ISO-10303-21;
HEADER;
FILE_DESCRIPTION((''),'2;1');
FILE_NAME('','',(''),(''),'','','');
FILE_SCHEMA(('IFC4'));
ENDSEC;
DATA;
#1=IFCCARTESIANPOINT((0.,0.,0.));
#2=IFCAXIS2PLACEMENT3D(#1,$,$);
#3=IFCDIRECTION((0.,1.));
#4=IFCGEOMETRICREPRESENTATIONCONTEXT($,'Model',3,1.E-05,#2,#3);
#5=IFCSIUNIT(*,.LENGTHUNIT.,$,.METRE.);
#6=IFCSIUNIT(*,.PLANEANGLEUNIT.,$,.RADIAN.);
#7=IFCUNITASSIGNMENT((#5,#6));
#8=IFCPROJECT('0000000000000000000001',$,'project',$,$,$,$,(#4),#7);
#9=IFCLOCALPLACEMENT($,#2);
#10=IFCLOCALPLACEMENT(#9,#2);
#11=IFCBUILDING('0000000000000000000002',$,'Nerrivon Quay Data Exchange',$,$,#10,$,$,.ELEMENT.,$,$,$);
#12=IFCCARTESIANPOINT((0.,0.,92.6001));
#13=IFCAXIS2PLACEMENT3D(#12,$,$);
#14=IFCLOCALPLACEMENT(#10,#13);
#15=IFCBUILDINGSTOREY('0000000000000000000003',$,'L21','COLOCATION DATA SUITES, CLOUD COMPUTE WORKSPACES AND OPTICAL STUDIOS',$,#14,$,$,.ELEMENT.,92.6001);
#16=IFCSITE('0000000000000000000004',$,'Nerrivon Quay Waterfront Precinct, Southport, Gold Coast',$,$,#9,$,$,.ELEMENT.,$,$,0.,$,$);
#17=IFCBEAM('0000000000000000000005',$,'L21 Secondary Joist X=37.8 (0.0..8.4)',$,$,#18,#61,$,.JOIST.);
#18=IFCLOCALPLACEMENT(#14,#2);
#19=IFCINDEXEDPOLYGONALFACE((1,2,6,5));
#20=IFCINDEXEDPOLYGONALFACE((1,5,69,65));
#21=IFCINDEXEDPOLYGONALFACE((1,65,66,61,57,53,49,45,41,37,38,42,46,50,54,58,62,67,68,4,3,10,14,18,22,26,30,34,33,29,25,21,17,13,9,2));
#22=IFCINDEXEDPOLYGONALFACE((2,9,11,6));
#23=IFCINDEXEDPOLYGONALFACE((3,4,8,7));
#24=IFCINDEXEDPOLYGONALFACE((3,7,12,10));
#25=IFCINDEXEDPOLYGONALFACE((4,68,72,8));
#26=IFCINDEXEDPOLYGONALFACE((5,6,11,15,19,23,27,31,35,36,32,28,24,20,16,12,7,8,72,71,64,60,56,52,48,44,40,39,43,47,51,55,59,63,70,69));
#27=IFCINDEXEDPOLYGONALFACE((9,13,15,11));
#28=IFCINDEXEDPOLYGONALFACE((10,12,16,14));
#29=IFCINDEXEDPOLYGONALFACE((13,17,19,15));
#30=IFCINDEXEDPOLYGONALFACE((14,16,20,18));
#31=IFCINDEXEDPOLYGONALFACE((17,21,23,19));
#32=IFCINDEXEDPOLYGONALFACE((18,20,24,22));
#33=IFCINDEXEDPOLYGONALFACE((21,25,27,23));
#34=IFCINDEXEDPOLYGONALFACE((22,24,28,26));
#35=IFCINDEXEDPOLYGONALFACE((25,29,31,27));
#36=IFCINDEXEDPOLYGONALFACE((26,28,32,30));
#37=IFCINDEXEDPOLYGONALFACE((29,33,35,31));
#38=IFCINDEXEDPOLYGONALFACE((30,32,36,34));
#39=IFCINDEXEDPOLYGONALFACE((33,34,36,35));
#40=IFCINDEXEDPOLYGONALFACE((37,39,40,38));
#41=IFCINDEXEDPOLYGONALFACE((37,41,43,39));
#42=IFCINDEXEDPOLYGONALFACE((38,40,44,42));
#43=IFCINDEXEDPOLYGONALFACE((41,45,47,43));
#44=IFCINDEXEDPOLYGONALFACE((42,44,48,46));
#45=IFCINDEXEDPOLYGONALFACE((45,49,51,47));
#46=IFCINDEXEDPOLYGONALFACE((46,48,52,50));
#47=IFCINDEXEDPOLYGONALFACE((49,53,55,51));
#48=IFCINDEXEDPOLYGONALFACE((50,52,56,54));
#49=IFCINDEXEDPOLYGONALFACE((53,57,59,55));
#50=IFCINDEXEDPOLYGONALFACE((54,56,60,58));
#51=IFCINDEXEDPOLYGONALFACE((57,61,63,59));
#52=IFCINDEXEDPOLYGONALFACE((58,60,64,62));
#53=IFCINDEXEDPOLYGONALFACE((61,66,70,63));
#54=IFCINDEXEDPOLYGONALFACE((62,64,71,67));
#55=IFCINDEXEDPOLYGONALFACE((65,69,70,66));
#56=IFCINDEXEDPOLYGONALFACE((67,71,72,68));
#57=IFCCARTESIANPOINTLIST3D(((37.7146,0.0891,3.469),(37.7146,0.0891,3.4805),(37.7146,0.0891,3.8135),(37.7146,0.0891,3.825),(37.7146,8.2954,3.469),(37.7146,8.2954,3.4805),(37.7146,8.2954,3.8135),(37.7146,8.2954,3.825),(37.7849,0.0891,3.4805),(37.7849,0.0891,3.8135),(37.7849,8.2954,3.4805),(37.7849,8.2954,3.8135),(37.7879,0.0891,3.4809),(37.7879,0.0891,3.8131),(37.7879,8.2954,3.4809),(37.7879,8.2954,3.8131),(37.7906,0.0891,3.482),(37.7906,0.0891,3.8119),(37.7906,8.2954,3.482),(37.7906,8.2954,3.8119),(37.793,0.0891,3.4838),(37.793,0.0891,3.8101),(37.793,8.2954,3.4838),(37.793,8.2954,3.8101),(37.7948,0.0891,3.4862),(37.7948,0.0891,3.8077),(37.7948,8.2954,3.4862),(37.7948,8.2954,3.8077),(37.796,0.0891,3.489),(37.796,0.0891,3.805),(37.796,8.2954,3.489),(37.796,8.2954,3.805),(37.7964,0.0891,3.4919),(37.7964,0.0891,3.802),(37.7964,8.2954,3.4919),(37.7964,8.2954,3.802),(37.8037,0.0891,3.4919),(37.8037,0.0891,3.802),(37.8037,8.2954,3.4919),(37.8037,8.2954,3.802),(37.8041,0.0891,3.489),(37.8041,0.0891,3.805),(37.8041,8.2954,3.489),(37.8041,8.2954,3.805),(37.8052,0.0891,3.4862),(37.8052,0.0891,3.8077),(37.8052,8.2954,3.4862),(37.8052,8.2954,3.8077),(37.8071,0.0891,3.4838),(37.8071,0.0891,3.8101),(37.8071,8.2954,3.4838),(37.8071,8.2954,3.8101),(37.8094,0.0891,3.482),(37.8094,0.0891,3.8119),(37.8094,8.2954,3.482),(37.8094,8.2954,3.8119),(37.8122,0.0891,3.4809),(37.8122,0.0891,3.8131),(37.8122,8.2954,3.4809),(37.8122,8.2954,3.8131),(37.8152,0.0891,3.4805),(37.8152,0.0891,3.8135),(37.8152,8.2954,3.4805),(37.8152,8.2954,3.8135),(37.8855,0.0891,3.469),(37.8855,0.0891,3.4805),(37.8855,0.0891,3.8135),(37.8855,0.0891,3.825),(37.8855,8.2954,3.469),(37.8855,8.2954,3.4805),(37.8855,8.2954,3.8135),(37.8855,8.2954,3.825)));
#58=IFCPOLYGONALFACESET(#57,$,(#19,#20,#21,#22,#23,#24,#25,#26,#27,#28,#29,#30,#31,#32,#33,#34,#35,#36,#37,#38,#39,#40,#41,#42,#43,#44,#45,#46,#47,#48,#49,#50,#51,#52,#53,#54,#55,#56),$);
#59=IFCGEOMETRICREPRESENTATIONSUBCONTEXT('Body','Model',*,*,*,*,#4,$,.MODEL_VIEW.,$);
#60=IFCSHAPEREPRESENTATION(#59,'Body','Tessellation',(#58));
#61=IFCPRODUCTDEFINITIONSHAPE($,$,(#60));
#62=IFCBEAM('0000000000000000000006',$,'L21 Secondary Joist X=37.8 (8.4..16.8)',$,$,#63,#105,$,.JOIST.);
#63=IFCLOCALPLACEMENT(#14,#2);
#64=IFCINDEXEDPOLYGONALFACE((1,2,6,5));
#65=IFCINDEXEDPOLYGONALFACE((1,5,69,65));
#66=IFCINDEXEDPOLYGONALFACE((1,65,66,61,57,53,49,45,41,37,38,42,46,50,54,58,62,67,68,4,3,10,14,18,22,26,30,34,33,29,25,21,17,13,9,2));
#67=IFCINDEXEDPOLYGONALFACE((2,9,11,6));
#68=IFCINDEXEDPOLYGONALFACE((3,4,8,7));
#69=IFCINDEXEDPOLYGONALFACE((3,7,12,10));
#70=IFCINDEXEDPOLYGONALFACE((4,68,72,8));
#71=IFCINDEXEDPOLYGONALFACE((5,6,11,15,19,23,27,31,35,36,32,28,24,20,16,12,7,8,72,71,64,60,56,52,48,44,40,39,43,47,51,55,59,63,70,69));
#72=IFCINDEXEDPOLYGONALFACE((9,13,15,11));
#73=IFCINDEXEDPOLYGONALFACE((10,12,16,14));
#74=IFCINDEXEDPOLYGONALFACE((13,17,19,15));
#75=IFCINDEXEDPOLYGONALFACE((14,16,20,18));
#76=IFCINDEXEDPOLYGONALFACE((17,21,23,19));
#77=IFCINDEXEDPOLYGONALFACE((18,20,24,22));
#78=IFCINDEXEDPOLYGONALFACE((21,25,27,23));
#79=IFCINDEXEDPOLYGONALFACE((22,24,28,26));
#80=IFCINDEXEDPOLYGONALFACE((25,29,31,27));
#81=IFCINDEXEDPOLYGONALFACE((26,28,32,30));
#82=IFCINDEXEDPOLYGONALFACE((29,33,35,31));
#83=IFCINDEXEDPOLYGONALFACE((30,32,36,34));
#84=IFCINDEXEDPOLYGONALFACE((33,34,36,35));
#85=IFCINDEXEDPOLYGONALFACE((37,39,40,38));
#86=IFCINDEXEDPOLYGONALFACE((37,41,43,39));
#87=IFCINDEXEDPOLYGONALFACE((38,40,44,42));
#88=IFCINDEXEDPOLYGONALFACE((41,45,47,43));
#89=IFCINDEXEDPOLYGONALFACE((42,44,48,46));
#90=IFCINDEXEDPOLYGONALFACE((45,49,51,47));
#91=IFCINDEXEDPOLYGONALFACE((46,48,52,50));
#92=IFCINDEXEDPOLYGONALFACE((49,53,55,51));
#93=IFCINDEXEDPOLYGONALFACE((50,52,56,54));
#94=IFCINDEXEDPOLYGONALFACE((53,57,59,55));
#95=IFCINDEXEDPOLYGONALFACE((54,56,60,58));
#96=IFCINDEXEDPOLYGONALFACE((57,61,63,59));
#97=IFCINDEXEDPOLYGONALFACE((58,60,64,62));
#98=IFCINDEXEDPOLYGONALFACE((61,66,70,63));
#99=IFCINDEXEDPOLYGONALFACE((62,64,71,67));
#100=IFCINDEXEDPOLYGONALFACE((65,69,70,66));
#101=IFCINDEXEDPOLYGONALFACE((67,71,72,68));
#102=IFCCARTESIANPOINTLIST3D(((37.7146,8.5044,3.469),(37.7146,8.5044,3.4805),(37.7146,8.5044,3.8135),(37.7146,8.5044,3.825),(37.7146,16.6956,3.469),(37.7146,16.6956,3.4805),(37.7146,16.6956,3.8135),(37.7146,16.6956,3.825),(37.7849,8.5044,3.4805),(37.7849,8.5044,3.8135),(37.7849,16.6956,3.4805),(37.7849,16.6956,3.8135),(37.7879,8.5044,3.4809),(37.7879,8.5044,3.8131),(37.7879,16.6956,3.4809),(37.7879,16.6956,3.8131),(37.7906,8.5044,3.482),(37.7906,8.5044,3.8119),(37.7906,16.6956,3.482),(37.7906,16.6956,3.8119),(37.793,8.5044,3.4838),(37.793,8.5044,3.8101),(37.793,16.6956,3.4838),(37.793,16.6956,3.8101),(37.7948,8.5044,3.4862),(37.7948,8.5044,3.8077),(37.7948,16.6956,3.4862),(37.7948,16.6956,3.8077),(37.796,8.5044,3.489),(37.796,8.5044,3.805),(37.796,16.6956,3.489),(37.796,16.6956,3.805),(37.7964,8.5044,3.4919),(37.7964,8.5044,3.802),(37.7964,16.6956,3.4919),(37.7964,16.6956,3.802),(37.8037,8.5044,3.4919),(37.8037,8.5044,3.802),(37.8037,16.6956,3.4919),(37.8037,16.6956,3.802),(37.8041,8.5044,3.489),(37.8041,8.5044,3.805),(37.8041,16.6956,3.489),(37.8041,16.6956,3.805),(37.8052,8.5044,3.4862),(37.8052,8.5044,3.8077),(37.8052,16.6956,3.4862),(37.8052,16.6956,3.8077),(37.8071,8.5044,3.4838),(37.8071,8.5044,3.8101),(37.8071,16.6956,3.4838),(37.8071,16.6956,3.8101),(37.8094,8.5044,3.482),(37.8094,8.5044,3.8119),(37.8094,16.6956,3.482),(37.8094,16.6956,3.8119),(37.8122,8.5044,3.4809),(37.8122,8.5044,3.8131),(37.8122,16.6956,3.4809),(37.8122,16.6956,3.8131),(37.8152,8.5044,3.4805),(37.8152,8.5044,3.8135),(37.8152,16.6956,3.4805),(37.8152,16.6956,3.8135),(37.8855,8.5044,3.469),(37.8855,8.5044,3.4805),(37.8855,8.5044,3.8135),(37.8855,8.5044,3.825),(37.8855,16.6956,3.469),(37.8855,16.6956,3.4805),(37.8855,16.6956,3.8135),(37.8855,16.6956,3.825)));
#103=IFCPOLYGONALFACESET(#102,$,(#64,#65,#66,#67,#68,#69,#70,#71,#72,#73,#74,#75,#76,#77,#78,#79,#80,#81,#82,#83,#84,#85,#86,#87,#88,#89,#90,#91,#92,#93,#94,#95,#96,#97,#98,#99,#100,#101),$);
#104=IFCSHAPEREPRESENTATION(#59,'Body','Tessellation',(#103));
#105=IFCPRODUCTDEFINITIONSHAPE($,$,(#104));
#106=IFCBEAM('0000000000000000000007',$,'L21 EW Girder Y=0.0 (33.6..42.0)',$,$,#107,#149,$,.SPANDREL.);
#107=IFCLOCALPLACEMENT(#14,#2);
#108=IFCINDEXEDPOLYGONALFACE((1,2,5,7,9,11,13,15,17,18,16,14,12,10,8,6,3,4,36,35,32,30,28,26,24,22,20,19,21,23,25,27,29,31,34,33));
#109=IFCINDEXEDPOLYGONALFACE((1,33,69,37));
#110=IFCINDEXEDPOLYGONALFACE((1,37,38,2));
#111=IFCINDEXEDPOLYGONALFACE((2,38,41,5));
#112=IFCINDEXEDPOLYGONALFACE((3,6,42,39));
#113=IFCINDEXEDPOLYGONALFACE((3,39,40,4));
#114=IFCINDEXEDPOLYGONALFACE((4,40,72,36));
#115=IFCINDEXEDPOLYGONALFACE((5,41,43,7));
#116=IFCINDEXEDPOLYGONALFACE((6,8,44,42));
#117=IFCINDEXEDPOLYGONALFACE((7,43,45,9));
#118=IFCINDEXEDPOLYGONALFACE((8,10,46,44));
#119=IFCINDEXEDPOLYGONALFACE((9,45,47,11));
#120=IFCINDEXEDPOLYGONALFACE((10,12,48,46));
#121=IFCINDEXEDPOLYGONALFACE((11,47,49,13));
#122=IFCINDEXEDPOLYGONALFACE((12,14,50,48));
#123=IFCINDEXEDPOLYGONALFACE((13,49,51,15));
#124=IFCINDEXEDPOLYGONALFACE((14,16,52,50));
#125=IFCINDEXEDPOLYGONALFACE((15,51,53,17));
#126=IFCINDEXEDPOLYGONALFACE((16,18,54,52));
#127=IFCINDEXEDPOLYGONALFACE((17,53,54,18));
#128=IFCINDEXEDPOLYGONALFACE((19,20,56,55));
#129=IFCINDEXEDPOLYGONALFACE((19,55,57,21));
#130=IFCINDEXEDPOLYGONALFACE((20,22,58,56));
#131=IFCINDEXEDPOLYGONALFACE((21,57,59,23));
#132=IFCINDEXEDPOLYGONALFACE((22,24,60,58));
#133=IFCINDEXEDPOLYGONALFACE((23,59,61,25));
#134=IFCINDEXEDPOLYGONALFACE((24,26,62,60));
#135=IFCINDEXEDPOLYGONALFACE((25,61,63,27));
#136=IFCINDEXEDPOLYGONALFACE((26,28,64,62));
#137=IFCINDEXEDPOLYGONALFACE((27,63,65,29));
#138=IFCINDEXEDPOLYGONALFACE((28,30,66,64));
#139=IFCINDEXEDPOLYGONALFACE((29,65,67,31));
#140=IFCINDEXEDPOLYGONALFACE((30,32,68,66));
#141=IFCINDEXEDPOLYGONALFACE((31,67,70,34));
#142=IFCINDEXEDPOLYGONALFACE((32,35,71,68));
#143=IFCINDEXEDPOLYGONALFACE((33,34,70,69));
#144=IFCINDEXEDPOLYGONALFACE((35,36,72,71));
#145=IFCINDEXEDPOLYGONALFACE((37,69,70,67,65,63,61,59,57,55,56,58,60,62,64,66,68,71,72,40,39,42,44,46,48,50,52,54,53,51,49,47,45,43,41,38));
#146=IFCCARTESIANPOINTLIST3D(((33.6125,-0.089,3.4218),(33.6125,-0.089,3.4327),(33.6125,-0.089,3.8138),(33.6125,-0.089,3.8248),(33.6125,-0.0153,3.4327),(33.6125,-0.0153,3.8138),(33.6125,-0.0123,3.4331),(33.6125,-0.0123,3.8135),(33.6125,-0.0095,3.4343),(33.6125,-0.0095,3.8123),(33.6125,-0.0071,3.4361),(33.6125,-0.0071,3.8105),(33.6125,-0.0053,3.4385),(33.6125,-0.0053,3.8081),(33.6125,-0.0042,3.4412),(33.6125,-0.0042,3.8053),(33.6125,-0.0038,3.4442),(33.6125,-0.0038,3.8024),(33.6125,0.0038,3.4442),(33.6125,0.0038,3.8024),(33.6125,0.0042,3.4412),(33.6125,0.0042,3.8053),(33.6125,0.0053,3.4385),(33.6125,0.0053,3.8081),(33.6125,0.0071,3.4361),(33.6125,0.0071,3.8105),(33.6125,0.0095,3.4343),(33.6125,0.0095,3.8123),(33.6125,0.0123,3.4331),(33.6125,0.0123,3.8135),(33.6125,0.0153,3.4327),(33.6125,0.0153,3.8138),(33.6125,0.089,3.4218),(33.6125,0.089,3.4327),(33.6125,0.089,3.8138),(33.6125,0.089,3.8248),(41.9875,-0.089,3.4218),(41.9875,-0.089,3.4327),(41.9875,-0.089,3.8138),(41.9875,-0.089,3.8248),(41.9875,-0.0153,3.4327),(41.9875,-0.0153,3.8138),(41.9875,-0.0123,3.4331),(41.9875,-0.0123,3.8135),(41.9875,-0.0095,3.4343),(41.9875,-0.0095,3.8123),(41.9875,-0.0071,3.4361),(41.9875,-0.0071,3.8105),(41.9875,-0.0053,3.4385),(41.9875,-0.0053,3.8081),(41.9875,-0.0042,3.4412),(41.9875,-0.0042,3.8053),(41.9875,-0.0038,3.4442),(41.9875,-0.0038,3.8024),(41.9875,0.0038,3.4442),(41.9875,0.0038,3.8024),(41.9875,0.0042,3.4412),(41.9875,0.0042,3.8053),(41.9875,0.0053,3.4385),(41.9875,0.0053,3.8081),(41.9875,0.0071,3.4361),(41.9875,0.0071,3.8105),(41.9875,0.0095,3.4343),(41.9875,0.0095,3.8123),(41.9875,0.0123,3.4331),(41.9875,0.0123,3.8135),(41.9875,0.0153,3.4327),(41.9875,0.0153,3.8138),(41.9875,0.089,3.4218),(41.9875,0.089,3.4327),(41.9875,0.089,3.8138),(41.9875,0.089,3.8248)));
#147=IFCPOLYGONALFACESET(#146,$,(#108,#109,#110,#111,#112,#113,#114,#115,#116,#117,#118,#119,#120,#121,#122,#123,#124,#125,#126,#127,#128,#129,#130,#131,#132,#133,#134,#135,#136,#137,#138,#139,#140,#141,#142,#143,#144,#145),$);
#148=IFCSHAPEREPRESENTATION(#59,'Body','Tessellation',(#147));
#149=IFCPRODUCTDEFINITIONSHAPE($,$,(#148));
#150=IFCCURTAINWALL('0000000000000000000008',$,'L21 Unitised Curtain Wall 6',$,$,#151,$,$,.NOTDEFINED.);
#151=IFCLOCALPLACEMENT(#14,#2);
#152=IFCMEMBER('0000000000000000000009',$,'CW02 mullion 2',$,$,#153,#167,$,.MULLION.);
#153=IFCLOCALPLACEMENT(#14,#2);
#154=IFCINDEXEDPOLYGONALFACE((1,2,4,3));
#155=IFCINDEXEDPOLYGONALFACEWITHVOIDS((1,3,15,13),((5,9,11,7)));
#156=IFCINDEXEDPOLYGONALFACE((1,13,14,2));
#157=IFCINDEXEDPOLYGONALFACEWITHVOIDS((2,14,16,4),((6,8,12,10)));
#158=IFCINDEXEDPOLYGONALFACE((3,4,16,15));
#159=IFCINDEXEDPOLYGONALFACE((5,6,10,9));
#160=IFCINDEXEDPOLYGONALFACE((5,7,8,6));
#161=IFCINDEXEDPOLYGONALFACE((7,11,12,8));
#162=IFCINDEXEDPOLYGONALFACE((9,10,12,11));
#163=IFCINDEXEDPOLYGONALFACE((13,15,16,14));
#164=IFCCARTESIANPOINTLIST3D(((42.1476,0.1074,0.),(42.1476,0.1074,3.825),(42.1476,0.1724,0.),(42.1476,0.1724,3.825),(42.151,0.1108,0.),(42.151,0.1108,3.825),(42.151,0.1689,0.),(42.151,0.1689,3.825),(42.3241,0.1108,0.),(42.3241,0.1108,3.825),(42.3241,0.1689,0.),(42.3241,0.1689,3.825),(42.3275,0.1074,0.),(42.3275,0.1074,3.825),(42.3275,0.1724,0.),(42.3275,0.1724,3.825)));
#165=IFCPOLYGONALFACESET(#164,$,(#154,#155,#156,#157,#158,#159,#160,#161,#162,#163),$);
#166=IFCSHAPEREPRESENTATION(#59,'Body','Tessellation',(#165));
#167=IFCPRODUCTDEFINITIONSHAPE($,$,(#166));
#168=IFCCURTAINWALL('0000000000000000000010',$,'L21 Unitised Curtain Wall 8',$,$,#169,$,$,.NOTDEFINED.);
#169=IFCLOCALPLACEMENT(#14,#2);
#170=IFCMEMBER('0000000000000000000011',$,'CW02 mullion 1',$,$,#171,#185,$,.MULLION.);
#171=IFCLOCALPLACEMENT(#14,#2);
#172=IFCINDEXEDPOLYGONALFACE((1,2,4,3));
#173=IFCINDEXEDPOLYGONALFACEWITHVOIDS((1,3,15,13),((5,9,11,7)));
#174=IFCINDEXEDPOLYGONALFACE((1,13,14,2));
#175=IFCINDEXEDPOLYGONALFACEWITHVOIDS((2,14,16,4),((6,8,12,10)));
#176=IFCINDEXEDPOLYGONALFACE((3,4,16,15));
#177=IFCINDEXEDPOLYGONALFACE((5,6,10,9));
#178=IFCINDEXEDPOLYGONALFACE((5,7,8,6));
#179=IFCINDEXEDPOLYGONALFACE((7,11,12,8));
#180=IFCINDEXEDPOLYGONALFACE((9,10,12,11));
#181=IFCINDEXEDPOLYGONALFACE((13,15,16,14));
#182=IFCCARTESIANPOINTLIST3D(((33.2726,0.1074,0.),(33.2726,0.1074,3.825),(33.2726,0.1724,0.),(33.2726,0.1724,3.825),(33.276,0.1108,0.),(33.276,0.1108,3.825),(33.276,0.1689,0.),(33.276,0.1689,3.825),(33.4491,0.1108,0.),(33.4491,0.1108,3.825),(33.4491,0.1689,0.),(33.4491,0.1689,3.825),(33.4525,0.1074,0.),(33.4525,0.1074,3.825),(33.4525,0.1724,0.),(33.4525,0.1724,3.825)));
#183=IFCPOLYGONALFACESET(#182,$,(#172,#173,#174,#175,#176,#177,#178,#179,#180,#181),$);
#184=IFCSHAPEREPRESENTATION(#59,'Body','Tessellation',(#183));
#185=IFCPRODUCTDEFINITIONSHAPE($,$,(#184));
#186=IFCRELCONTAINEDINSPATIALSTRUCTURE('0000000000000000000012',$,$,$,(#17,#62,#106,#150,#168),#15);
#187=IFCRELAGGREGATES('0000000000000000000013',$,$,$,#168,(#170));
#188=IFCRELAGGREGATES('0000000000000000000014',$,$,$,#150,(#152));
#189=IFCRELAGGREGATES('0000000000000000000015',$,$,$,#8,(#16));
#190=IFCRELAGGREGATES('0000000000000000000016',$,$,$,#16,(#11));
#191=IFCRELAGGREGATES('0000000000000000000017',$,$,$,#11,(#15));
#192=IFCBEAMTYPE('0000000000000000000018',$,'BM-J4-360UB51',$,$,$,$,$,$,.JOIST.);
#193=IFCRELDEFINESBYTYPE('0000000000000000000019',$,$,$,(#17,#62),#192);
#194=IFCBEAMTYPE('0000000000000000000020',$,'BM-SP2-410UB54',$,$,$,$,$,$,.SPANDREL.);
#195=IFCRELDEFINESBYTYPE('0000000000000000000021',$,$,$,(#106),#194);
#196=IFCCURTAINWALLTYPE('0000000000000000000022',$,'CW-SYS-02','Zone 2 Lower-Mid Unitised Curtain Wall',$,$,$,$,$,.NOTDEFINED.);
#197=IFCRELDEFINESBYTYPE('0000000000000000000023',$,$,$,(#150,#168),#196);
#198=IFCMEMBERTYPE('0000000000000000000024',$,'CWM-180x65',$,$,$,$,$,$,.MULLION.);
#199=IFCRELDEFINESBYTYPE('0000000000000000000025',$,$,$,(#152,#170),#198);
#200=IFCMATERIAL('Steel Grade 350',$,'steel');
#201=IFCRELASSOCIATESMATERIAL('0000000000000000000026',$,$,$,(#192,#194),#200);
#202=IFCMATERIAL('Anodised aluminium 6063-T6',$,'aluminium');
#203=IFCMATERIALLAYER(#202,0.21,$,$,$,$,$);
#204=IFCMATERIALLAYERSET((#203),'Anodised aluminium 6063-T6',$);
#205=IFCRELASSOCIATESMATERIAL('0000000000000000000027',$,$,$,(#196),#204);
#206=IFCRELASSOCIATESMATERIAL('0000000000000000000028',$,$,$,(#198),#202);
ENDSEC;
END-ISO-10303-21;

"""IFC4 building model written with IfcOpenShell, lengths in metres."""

from ifc_helpers import new_model, si_unit, direction, frame, origin, origin_2d, place, context, subcontext, project, spatial, hollow_rectangle, i_section, extrude, material, layer, layer_set, material_profile, profile_set, type_object, element, aggregate, save


model = new_model("IFC4")

# Units and contexts
model_context = context("Model", 3, precision=1e-05, world=origin(), true_north=direction((0.0, 1.0)))
body_context = subcontext(model_context, "Body", "Model", "MODEL_VIEW")
ifc_project = project(units=[si_unit("LENGTHUNIT", "METRE"), si_unit("PLANEANGLEUNIT", "RADIAN")], contexts=[model_context])

# Site, building, storey
site_placement = place(None, origin())
site = spatial("IfcSite", under=ifc_project, at=site_placement, Name="Nerrivon Quay Waterfront Precinct, Southport, Gold Coast", CompositionType="ELEMENT", RefElevation=0.0)
building_placement = place(site_placement, origin())
building = spatial("IfcBuilding", under=site, at=building_placement, Name="Nerrivon Quay Data Exchange", CompositionType="ELEMENT")
storey_placement = place(building_placement, frame((0.0, 0.0, 92.6001)))
storey = spatial("IfcBuildingStorey", under=building, at=storey_placement, Name="L21", Description="COLOCATION DATA SUITES, CLOUD COMPUTE WORKSPACES AND OPTICAL STUDIOS", CompositionType="ELEMENT", Elevation=92.6001)

# Shared definitions
ifc_material_1 = material(Name="Steel Grade 350", Category="steel")

# Beams
ifc_material_profile_1 = material_profile(ifc_material_1, i_section(OverallWidth=0.1709, OverallDepth=0.356, WebThickness=0.0073, FlangeThickness=0.0115, FilletRadius=0.0115, at=origin_2d()), Name="360UB50.7")
ifc_profile_set_1 = profile_set([ifc_material_profile_1], Name="Steel Grade 350")
beam_type_1 = type_object("IfcBeamType", Name="BM-J4-360UB51", PredefinedType="JOIST", material=ifc_profile_set_1)
beam_1_placement = place(storey_placement, frame((37.8, 0.0891, 3.647), z_axis=(0.0, 1.0, 0.0), x_axis=(-1.0, 0.0, 0.0)))
element("IfcBeam", 1, at=beam_1_placement, inside=storey, type_object=beam_type_1, Name="L21 Secondary Joist X=37.8 (0.0..8.4)", PredefinedType="JOIST", context=body_context, shape_type="SweptSolid", body=[
    extrude(i_section(OverallWidth=0.1709, OverallDepth=0.356, WebThickness=0.0073, FlangeThickness=0.0115, FilletRadius=0.0115, at=origin_2d()), origin(), (0.0, 0.0, 1.0), 8.2063),
])
beam_2_placement = place(storey_placement, frame((37.8, 8.5044, 3.647), z_axis=(0.0, 1.0, 0.0), x_axis=(-1.0, 0.0, 0.0)))
element("IfcBeam", 2, at=beam_2_placement, inside=storey, type_object=beam_type_1, Name="L21 Secondary Joist X=37.8 (8.4..16.8)", PredefinedType="JOIST", context=body_context, shape_type="SweptSolid", body=[
    extrude(i_section(OverallWidth=0.1709, OverallDepth=0.356, WebThickness=0.0073, FlangeThickness=0.0115, FilletRadius=0.0115, at=origin_2d()), origin(), (0.0, 0.0, 1.0), 8.1912),
])
ifc_material_profile_2 = material_profile(ifc_material_1, i_section(OverallWidth=0.178, OverallDepth=0.4031, WebThickness=0.0076, FlangeThickness=0.011, FilletRadius=0.0115, at=origin_2d()), Name="410UB53.7")
ifc_profile_set_2 = profile_set([ifc_material_profile_2], Name="Steel Grade 350")
beam_type_2 = type_object("IfcBeamType", Name="BM-SP2-410UB54", PredefinedType="SPANDREL", material=ifc_profile_set_2)
beam_3_placement = place(storey_placement, frame((33.6125, 0.0, 3.6233), z_axis=(1.0, 0.0, 0.0), x_axis=(0.0, 1.0, 0.0)))
element("IfcBeam", 3, at=beam_3_placement, inside=storey, type_object=beam_type_2, Name="L21 EW Girder Y=0.0 (33.6..42.0)", PredefinedType="SPANDREL", context=body_context, shape_type="SweptSolid", body=[
    extrude(i_section(OverallWidth=0.178, OverallDepth=0.4031, WebThickness=0.0076, FlangeThickness=0.011, FilletRadius=0.0115, at=origin_2d()), origin(), (0.0, 0.0, 1.0), 8.375),
])

# Curtain walls, members
ifc_material_2 = material(Name="Anodised aluminium 6063-T6", Category="aluminium")
ifc_layer_1 = layer(ifc_material_2, 0.21)
ifc_layer_set_1 = layer_set([ifc_layer_1], Name="Anodised aluminium 6063-T6")
curtain_wall_type = type_object("IfcCurtainWallType", Name="CW-SYS-02", Description="Zone 2 Lower-Mid Unitised Curtain Wall", PredefinedType="NOTDEFINED", material=ifc_layer_set_1)
curtain_wall_1_placement = place(storey_placement, origin())
curtain_wall_1 = element("IfcCurtainWall", 4, at=curtain_wall_1_placement, inside=storey, type_object=curtain_wall_type, Name="L21 Unitised Curtain Wall 6", PredefinedType="NOTDEFINED")
ifc_material_profile_3 = material_profile(ifc_material_2, hollow_rectangle(XDim=0.0649, YDim=0.1799, WallThickness=0.0034, at=origin_2d()), Name="ALU-MULL-180x65")
ifc_profile_set_3 = profile_set([ifc_material_profile_3], Name="Anodised aluminium 6063-T6")
member_type_1 = type_object("IfcMemberType", Name="CWM-180x65", PredefinedType="MULLION", material=ifc_profile_set_3)
member_1_placement = place(storey_placement, frame((42.2375, 0.1399, 0.0), z_axis=(0.0, 0.0, 1.0), x_axis=(0.0, -1.0, 0.0)))
member_1 = element("IfcMember", 5, at=member_1_placement, type_object=member_type_1, Name="CW02 mullion 2", PredefinedType="MULLION", context=body_context, shape_type="SweptSolid", body=[
    extrude(hollow_rectangle(XDim=0.0649, YDim=0.1799, WallThickness=0.0034, at=origin_2d()), origin(), (0.0, 0.0, 1.0), 3.825),
])
curtain_wall_2_placement = place(storey_placement, origin())
curtain_wall_2 = element("IfcCurtainWall", 6, at=curtain_wall_2_placement, inside=storey, type_object=curtain_wall_type, Name="L21 Unitised Curtain Wall 8", PredefinedType="NOTDEFINED")
member_2_placement = place(storey_placement, frame((33.3625, 0.1399, 0.0), z_axis=(0.0, 0.0, 1.0), x_axis=(0.0, -1.0, 0.0)))
member_2 = element("IfcMember", 7, at=member_2_placement, type_object=member_type_1, Name="CW02 mullion 1", PredefinedType="MULLION", context=body_context, shape_type="SweptSolid", body=[
    extrude(hollow_rectangle(XDim=0.0649, YDim=0.1799, WallThickness=0.0034, at=origin_2d()), origin(), (0.0, 0.0, 1.0), 3.825),
])

aggregate(curtain_wall_2, [member_2])

aggregate(curtain_wall_1, [member_1])

save(model, "model.ifc")
